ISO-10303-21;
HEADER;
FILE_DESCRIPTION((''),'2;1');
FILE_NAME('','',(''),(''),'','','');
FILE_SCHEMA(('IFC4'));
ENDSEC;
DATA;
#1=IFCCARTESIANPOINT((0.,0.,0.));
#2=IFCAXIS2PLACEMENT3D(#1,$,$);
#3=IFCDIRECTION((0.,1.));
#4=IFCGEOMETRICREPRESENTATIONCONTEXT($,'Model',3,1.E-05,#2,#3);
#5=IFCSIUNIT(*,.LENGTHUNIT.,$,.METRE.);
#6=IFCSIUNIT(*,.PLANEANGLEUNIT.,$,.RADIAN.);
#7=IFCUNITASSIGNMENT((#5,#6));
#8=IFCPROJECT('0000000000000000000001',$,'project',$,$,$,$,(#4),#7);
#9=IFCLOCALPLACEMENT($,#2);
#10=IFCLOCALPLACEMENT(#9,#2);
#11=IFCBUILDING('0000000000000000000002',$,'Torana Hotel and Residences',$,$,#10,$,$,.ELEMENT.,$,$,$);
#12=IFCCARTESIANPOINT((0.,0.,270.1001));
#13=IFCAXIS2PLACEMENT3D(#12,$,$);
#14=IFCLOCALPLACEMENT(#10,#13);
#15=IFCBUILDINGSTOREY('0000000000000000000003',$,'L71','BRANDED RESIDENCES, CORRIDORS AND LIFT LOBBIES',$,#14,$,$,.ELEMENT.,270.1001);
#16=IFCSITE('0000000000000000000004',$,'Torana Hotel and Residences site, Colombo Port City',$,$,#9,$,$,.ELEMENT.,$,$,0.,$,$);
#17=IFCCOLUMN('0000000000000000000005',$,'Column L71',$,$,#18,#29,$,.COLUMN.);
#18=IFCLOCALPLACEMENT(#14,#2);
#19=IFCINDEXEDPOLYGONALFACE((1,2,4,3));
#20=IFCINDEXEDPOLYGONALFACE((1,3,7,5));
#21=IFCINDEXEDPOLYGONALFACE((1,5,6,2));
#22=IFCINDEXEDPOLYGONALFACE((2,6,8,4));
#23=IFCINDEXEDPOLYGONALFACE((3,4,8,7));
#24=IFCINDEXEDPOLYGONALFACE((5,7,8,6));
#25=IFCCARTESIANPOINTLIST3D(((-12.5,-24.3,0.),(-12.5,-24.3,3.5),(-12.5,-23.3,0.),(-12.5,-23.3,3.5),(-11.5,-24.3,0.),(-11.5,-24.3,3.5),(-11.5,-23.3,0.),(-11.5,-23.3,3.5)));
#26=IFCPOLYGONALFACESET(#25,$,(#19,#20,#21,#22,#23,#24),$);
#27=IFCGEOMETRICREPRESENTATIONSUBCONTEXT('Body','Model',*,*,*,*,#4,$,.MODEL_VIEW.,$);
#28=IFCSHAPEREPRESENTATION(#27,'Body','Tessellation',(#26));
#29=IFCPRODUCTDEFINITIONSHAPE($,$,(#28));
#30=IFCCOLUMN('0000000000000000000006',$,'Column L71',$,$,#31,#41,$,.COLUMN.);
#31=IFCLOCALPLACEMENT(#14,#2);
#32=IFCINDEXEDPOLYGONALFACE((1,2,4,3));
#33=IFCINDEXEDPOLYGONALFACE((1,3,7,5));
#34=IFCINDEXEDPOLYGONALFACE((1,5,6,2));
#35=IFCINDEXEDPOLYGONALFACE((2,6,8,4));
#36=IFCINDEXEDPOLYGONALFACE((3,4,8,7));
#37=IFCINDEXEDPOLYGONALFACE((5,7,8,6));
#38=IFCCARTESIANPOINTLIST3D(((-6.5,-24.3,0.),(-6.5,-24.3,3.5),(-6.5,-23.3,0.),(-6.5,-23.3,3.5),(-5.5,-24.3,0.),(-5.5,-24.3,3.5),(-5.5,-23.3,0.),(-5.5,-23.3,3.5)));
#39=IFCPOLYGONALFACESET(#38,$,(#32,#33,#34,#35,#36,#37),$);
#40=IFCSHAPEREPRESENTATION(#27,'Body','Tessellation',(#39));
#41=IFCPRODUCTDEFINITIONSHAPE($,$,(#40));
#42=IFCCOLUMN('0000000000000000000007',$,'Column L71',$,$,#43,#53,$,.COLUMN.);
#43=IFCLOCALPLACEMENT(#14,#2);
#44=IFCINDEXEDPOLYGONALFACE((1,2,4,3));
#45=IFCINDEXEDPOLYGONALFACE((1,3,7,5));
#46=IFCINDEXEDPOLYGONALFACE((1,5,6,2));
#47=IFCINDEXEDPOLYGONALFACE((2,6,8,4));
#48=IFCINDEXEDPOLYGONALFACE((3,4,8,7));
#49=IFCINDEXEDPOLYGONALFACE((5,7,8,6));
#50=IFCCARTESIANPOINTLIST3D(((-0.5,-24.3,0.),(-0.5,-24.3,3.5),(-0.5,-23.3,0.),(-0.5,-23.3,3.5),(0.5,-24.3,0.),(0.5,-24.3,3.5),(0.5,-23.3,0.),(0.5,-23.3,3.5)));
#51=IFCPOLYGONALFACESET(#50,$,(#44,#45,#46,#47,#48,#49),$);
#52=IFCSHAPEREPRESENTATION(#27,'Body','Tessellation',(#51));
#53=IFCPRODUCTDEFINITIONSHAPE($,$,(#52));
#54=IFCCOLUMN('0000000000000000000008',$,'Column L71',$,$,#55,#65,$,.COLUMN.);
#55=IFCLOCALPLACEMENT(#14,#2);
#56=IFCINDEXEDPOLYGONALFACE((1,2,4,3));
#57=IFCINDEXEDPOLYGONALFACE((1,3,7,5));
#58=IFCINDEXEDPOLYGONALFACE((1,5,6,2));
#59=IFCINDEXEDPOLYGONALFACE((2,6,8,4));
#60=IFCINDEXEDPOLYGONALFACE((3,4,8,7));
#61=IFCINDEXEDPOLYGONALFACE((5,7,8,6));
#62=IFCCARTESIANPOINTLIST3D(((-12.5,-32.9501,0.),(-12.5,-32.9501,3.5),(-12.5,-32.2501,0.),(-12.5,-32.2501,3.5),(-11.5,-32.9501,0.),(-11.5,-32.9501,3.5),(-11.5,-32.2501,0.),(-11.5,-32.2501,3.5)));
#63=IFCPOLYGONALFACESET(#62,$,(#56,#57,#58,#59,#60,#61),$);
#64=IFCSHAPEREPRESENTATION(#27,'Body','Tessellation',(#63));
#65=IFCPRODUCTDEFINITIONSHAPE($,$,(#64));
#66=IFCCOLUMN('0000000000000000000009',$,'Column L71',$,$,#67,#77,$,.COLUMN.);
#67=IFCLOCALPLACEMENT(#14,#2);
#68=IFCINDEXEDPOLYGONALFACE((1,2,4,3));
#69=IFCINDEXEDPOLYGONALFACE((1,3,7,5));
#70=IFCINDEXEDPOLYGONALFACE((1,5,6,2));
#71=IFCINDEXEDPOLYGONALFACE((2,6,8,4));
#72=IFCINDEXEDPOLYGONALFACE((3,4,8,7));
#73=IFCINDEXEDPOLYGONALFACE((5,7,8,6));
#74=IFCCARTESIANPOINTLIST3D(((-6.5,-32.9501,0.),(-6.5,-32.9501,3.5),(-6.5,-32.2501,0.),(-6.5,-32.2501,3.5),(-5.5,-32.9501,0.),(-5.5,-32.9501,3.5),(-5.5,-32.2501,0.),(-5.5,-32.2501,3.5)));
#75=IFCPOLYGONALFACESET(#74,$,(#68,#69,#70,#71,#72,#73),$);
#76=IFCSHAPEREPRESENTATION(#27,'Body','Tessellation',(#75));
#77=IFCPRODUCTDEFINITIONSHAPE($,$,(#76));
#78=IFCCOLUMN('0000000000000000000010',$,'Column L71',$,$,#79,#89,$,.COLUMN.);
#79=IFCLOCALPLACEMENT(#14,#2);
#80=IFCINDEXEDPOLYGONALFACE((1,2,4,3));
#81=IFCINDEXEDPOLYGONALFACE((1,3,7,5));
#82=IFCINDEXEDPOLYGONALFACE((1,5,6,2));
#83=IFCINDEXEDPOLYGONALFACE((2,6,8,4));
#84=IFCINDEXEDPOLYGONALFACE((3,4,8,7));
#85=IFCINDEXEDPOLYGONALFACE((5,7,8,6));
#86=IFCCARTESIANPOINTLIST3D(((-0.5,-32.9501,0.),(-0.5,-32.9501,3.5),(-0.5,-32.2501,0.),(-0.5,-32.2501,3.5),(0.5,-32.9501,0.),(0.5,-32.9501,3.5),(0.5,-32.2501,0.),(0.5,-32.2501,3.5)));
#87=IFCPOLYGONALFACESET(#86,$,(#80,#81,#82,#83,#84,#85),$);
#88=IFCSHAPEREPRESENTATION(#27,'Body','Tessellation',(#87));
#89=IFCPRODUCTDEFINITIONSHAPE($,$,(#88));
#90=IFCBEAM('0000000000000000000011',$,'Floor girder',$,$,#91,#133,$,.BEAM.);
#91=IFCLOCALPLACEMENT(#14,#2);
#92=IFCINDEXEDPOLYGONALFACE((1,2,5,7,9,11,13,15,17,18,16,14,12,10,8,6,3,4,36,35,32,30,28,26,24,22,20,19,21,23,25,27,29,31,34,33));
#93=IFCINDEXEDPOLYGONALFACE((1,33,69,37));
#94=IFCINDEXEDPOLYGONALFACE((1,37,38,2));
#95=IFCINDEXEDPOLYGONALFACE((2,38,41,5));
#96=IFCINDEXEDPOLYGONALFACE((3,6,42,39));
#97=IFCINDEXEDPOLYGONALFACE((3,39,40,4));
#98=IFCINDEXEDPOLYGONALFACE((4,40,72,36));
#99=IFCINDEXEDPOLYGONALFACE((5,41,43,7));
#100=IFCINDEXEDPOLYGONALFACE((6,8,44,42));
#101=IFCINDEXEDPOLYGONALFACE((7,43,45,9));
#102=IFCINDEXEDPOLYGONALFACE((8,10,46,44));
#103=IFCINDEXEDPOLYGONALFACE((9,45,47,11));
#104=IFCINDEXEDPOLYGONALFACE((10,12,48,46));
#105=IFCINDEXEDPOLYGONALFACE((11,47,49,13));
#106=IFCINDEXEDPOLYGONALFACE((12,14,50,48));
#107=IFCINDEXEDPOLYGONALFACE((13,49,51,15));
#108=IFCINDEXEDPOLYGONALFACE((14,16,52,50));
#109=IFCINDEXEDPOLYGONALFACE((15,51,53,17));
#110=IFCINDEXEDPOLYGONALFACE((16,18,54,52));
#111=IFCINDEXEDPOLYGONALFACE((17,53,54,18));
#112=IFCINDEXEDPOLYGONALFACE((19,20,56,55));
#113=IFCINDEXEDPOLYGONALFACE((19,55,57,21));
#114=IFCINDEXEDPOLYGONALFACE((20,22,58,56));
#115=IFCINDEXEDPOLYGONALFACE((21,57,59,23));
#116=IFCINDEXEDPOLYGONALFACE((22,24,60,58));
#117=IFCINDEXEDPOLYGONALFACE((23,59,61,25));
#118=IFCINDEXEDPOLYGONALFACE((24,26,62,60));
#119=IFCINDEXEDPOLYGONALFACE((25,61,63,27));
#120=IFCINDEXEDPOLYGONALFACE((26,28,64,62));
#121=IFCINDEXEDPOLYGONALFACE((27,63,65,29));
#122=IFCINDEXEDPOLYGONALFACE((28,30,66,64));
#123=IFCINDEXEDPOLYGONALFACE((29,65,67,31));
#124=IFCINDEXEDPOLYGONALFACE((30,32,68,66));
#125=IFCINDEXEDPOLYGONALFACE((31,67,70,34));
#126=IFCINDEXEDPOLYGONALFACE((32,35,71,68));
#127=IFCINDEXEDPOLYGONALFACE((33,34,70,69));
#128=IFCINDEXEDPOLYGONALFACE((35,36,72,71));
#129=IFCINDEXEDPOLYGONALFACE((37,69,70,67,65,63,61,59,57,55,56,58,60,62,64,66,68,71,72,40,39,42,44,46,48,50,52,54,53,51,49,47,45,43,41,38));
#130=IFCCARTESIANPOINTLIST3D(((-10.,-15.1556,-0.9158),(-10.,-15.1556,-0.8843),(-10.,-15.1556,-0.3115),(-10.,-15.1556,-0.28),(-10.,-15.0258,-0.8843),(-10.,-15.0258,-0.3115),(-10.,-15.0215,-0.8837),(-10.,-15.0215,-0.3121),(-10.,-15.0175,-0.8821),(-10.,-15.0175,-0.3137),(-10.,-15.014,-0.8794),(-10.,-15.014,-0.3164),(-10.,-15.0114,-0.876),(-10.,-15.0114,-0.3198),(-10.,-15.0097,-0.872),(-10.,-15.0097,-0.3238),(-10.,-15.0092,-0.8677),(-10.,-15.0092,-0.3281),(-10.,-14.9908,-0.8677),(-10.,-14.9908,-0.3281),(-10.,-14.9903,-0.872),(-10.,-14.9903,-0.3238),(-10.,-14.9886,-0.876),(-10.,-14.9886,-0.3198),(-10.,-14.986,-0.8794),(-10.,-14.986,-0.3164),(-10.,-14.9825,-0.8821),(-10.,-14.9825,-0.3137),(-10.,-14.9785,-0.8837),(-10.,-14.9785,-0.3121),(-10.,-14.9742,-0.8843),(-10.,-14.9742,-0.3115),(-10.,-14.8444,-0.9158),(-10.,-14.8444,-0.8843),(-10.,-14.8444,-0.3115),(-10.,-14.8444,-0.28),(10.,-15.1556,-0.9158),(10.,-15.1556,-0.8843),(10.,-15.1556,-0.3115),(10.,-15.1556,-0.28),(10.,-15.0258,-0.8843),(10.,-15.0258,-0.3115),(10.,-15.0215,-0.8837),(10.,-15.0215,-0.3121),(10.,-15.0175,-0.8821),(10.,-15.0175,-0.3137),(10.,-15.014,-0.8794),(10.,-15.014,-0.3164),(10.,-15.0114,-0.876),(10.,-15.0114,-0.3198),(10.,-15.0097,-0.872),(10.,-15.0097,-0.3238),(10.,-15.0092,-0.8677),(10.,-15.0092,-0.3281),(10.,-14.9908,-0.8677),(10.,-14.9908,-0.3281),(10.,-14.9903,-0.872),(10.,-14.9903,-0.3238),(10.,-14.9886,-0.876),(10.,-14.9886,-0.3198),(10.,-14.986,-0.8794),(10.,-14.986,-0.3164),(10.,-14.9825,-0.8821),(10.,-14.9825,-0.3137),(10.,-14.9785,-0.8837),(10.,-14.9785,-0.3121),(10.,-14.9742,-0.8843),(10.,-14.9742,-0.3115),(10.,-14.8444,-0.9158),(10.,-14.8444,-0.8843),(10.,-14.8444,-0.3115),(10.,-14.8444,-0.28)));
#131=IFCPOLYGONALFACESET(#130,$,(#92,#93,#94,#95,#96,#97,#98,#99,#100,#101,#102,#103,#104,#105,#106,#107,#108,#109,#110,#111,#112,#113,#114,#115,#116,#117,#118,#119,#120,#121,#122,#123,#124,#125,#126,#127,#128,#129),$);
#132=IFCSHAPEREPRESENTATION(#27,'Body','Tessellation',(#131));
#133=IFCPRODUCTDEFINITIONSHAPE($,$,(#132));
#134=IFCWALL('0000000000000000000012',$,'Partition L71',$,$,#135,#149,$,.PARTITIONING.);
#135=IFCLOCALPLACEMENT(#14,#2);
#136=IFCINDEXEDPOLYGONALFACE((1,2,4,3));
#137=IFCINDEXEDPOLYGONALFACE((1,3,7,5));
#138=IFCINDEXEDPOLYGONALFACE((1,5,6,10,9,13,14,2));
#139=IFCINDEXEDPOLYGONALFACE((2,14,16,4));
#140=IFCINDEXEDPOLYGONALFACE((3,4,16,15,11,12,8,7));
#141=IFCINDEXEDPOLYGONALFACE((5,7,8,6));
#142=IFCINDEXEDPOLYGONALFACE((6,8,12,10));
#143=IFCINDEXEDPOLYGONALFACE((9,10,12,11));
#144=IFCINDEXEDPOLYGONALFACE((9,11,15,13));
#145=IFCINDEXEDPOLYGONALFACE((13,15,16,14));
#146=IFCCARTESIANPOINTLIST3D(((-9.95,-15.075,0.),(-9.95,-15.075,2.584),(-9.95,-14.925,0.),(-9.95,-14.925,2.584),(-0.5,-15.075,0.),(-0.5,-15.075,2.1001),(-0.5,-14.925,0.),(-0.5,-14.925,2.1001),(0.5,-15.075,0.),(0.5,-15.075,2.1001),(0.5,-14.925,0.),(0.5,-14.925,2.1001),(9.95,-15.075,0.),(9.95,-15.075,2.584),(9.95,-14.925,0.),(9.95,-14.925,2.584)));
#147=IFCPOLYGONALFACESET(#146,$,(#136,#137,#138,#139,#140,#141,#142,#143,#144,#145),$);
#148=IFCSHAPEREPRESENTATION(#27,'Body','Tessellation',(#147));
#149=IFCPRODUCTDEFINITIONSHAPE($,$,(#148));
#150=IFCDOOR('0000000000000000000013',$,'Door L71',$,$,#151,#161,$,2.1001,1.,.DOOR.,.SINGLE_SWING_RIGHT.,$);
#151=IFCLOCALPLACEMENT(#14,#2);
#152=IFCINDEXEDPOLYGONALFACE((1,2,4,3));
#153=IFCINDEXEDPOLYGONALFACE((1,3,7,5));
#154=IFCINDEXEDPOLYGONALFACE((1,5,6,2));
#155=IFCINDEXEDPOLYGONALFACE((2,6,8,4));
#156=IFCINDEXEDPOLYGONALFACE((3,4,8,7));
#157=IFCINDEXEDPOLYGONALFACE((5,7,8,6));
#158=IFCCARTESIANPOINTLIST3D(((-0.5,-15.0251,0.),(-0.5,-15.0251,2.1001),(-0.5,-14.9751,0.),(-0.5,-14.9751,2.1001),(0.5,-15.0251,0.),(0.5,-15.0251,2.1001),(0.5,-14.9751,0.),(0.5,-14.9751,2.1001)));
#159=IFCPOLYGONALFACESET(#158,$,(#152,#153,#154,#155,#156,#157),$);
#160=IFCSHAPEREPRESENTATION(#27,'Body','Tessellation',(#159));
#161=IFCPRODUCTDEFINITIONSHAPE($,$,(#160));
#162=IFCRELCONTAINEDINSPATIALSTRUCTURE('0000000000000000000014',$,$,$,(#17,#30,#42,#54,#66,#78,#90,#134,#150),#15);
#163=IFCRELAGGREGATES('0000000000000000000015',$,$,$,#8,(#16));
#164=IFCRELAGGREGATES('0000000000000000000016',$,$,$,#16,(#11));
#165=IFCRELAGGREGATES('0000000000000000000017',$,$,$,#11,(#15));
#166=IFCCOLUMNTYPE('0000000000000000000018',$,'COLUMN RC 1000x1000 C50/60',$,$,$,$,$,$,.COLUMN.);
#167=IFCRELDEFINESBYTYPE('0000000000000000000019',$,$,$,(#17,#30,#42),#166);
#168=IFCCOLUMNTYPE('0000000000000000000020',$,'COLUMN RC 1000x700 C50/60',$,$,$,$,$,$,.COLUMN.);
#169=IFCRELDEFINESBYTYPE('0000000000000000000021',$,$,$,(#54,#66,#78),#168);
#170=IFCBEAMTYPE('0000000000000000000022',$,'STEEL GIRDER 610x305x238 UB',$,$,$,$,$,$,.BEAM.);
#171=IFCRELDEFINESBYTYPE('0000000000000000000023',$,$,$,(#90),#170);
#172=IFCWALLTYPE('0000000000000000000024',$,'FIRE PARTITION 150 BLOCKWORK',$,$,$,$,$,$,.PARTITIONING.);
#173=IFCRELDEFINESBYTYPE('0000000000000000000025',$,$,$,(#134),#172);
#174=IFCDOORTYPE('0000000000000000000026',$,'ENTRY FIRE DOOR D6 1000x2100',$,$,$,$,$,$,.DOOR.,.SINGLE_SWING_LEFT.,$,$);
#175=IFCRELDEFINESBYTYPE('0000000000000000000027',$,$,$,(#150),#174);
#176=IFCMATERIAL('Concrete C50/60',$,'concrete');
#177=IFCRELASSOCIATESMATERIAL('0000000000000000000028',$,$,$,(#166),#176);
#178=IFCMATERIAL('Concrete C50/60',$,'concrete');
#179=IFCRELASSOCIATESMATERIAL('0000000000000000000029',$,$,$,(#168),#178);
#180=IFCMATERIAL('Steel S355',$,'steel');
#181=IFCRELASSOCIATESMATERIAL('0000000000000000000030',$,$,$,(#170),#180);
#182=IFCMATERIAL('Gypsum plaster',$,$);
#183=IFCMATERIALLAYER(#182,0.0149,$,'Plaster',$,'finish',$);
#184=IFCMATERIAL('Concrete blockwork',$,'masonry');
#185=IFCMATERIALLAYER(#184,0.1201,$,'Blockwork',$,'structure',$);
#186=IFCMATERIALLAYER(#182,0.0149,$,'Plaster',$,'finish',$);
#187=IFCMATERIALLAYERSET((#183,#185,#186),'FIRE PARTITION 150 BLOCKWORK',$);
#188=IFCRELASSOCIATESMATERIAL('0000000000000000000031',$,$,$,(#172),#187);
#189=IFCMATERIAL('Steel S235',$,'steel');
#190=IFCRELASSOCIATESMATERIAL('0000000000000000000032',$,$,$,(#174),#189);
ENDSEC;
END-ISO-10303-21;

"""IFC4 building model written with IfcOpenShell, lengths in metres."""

from ifc_helpers import new_model, si_unit, direction, frame, frame_2d, origin, origin_2d, place, context, subcontext, project, spatial, rectangle, i_section, extrude, material, layer, layer_set, material_profile, profile_set, type_object, element, fill, save


model = new_model("IFC4")

# Units and contexts
model_context = context("Model", 3, precision=1e-05, world=origin(), true_north=direction((0.0, 1.0)))
body_context = subcontext(model_context, "Body", "Model", "MODEL_VIEW")
ifc_project = project(units=[si_unit("LENGTHUNIT", "METRE"), si_unit("PLANEANGLEUNIT", "RADIAN")], contexts=[model_context])

# Site, building, storey
site_placement = place(None, origin())
site = spatial("IfcSite", under=ifc_project, at=site_placement, Name="Torana Hotel and Residences site, Colombo Port City", CompositionType="ELEMENT", RefElevation=0.0)
building_placement = place(site_placement, origin())
building = spatial("IfcBuilding", under=site, at=building_placement, Name="Torana Hotel and Residences", CompositionType="ELEMENT")
storey_placement = place(building_placement, frame((0.0, 0.0, 270.1001)))
storey = spatial("IfcBuildingStorey", under=building, at=storey_placement, Name="L71", Description="BRANDED RESIDENCES, CORRIDORS AND LIFT LOBBIES", CompositionType="ELEMENT", Elevation=270.1001)

# Columns
ifc_material_1 = material(Name="Concrete C50/60", Category="concrete")
ifc_material_profile_1 = material_profile(ifc_material_1, rectangle(XDim=1.0, YDim=1.0, at=origin_2d()), Name="RC 1000x1000")
ifc_profile_set_1 = profile_set([ifc_material_profile_1], Name="Concrete C50/60")
column_type_1 = type_object("IfcColumnType", Name="COLUMN RC 1000x1000 C50/60", PredefinedType="COLUMN", material=ifc_profile_set_1)
for number, where, z_axis, x_axis, name in (
    (1, (-12.0, -23.8, 0.0), (0.0, 0.0, 1.0), (1.0, 0.0, 0.0), "Column L71"),
    (2, (-6.0, -23.8, 0.0), (0.0, 0.0, 1.0), (1.0, 0.0, 0.0), "Column L71"),
    (3, (0.0, -23.8, 0.0), (0.0, 0.0, 1.0), (1.0, 0.0, 0.0), "Column L71"),
):
    element("IfcColumn", number, at=place(storey_placement, frame(where, z_axis=z_axis, x_axis=x_axis)), inside=storey, type_object=column_type_1, Name=name, PredefinedType="COLUMN", context=body_context, shape_type="SweptSolid", body=[
        extrude(rectangle(XDim=1.0, YDim=1.0, at=origin_2d()), origin(), (0.0, 0.0, 1.0), 3.5),
    ])
ifc_material_2 = material(Name="Concrete C50/60", Category="concrete")
ifc_material_profile_2 = material_profile(ifc_material_2, rectangle(XDim=1.0, YDim=0.7, at=origin_2d()), Name="RC 1000x700")
ifc_profile_set_2 = profile_set([ifc_material_profile_2], Name="Concrete C50/60")
column_type_2 = type_object("IfcColumnType", Name="COLUMN RC 1000x700 C50/60", PredefinedType="COLUMN", material=ifc_profile_set_2)
for number, where, z_axis, x_axis, name in (
    (4, (-12.0, -32.6001, 0.0), (0.0, 0.0, 1.0), (1.0, 0.0, 0.0), "Column L71"),
    (5, (-6.0, -32.6001, 0.0), (0.0, 0.0, 1.0), (1.0, 0.0, 0.0), "Column L71"),
    (6, (0.0, -32.6001, 0.0), (0.0, 0.0, 1.0), (1.0, 0.0, 0.0), "Column L71"),
):
    element("IfcColumn", number, at=place(storey_placement, frame(where, z_axis=z_axis, x_axis=x_axis)), inside=storey, type_object=column_type_2, Name=name, PredefinedType="COLUMN", context=body_context, shape_type="SweptSolid", body=[
        extrude(rectangle(XDim=1.0, YDim=0.7, at=origin_2d()), origin(), (0.0, 0.0, 1.0), 3.5),
    ])

# Beam
ifc_material_3 = material(Name="Steel S355", Category="steel")
ifc_material_profile_3 = material_profile(ifc_material_3, i_section(OverallWidth=0.3113, OverallDepth=0.6357, WebThickness=0.0183, FlangeThickness=0.0315, FilletRadius=0.0166, at=origin_2d()), Name="610x305x238 UB")
ifc_profile_set_3 = profile_set([ifc_material_profile_3], Name="Steel S355")
beam_type = type_object("IfcBeamType", Name="STEEL GIRDER 610x305x238 UB", PredefinedType="BEAM", material=ifc_profile_set_3)
beam_placement = place(storey_placement, frame((-10.0, -15.0, -0.5979), z_axis=(1.0, 0.0, 0.0), x_axis=(0.0, 1.0, 0.0)))
element("IfcBeam", 7, at=beam_placement, inside=storey, type_object=beam_type, Name="Floor girder", PredefinedType="BEAM", context=body_context, shape_type="SweptSolid", body=[
    extrude(i_section(OverallWidth=0.3113, OverallDepth=0.6357, WebThickness=0.0183, FlangeThickness=0.0315, FilletRadius=0.0166, at=origin_2d()), origin(), (0.0, 0.0, 1.0), 20.0),
])

# Wall, opening, door
ifc_material_4 = material(Name="Gypsum plaster")
ifc_layer_1 = layer(ifc_material_4, 0.0149, Name="Plaster", Category="finish")
ifc_material_5 = material(Name="Concrete blockwork", Category="masonry")
ifc_layer_2 = layer(ifc_material_5, 0.1201, Name="Blockwork", Category="structure")
ifc_layer_3 = layer(ifc_material_4, 0.0149, Name="Plaster", Category="finish")
ifc_layer_set_1 = layer_set([ifc_layer_1, ifc_layer_2, ifc_layer_3], Name="FIRE PARTITION 150 BLOCKWORK")
wall_type_1 = type_object("IfcWallType", Name="FIRE PARTITION 150 BLOCKWORK", PredefinedType="PARTITIONING", material=ifc_layer_set_1)
wall_1_placement = place(storey_placement, frame((-9.95, -15.0, 0.0), z_axis=(0.0, 0.0, 1.0), x_axis=(1.0, 0.0, 0.0)))
wall_1 = element("IfcWall", 8, at=wall_1_placement, inside=storey, type_object=wall_type_1, Name="Partition L71", PredefinedType="PARTITIONING", context=body_context, shape_type="SweptSolid", body=[
    extrude(rectangle(XDim=19.8999, YDim=0.1499, at=frame_2d((9.95, 0.0))), origin(), (0.0, 0.0, 1.0), 2.584),
])
opening_1_placement = place(wall_1_placement, frame((9.45, 0.0, 0.0)))
opening_1 = element("IfcOpeningElement", 9, at=opening_1_placement, cuts=wall_1, PredefinedType="OPENING", context=body_context, shape_type="SweptSolid", body=[
    extrude(rectangle(XDim=1.0, YDim=2.1001, at=frame_2d((0.5, 1.05))), frame((0.0, 0.085, 0.0), z_axis=(0.0, -1.0, 0.0), x_axis=(1.0, 0.0, 0.0)), (0.0, 0.0, 1.0), 0.1699),
])
ifc_material_6 = material(Name="Steel S235", Category="steel")
door_type_1 = type_object("IfcDoorType", Name="ENTRY FIRE DOOR D6 1000x2100", OperationType="SINGLE_SWING_LEFT", PredefinedType="DOOR", material=ifc_material_6)
door_1_placement = place(opening_1_placement, origin())
door_1 = element("IfcDoor", 10, at=door_1_placement, inside=storey, type_object=door_type_1, Name="Door L71", OperationType="SINGLE_SWING_RIGHT", OverallHeight=2.1001, OverallWidth=1.0, PredefinedType="DOOR", context=body_context, shape_type="SweptSolid", body=[
    extrude(rectangle(XDim=1.0, YDim=2.1001, at=frame_2d((0.5, 1.05))), frame((0.0, 0.0249, 0.0), z_axis=(0.0, -1.0, 0.0), x_axis=(1.0, 0.0, 0.0)), (0.0, 0.0, 1.0), 0.05),
])
fill(opening_1, door_1)

save(model, "model.ifc")
